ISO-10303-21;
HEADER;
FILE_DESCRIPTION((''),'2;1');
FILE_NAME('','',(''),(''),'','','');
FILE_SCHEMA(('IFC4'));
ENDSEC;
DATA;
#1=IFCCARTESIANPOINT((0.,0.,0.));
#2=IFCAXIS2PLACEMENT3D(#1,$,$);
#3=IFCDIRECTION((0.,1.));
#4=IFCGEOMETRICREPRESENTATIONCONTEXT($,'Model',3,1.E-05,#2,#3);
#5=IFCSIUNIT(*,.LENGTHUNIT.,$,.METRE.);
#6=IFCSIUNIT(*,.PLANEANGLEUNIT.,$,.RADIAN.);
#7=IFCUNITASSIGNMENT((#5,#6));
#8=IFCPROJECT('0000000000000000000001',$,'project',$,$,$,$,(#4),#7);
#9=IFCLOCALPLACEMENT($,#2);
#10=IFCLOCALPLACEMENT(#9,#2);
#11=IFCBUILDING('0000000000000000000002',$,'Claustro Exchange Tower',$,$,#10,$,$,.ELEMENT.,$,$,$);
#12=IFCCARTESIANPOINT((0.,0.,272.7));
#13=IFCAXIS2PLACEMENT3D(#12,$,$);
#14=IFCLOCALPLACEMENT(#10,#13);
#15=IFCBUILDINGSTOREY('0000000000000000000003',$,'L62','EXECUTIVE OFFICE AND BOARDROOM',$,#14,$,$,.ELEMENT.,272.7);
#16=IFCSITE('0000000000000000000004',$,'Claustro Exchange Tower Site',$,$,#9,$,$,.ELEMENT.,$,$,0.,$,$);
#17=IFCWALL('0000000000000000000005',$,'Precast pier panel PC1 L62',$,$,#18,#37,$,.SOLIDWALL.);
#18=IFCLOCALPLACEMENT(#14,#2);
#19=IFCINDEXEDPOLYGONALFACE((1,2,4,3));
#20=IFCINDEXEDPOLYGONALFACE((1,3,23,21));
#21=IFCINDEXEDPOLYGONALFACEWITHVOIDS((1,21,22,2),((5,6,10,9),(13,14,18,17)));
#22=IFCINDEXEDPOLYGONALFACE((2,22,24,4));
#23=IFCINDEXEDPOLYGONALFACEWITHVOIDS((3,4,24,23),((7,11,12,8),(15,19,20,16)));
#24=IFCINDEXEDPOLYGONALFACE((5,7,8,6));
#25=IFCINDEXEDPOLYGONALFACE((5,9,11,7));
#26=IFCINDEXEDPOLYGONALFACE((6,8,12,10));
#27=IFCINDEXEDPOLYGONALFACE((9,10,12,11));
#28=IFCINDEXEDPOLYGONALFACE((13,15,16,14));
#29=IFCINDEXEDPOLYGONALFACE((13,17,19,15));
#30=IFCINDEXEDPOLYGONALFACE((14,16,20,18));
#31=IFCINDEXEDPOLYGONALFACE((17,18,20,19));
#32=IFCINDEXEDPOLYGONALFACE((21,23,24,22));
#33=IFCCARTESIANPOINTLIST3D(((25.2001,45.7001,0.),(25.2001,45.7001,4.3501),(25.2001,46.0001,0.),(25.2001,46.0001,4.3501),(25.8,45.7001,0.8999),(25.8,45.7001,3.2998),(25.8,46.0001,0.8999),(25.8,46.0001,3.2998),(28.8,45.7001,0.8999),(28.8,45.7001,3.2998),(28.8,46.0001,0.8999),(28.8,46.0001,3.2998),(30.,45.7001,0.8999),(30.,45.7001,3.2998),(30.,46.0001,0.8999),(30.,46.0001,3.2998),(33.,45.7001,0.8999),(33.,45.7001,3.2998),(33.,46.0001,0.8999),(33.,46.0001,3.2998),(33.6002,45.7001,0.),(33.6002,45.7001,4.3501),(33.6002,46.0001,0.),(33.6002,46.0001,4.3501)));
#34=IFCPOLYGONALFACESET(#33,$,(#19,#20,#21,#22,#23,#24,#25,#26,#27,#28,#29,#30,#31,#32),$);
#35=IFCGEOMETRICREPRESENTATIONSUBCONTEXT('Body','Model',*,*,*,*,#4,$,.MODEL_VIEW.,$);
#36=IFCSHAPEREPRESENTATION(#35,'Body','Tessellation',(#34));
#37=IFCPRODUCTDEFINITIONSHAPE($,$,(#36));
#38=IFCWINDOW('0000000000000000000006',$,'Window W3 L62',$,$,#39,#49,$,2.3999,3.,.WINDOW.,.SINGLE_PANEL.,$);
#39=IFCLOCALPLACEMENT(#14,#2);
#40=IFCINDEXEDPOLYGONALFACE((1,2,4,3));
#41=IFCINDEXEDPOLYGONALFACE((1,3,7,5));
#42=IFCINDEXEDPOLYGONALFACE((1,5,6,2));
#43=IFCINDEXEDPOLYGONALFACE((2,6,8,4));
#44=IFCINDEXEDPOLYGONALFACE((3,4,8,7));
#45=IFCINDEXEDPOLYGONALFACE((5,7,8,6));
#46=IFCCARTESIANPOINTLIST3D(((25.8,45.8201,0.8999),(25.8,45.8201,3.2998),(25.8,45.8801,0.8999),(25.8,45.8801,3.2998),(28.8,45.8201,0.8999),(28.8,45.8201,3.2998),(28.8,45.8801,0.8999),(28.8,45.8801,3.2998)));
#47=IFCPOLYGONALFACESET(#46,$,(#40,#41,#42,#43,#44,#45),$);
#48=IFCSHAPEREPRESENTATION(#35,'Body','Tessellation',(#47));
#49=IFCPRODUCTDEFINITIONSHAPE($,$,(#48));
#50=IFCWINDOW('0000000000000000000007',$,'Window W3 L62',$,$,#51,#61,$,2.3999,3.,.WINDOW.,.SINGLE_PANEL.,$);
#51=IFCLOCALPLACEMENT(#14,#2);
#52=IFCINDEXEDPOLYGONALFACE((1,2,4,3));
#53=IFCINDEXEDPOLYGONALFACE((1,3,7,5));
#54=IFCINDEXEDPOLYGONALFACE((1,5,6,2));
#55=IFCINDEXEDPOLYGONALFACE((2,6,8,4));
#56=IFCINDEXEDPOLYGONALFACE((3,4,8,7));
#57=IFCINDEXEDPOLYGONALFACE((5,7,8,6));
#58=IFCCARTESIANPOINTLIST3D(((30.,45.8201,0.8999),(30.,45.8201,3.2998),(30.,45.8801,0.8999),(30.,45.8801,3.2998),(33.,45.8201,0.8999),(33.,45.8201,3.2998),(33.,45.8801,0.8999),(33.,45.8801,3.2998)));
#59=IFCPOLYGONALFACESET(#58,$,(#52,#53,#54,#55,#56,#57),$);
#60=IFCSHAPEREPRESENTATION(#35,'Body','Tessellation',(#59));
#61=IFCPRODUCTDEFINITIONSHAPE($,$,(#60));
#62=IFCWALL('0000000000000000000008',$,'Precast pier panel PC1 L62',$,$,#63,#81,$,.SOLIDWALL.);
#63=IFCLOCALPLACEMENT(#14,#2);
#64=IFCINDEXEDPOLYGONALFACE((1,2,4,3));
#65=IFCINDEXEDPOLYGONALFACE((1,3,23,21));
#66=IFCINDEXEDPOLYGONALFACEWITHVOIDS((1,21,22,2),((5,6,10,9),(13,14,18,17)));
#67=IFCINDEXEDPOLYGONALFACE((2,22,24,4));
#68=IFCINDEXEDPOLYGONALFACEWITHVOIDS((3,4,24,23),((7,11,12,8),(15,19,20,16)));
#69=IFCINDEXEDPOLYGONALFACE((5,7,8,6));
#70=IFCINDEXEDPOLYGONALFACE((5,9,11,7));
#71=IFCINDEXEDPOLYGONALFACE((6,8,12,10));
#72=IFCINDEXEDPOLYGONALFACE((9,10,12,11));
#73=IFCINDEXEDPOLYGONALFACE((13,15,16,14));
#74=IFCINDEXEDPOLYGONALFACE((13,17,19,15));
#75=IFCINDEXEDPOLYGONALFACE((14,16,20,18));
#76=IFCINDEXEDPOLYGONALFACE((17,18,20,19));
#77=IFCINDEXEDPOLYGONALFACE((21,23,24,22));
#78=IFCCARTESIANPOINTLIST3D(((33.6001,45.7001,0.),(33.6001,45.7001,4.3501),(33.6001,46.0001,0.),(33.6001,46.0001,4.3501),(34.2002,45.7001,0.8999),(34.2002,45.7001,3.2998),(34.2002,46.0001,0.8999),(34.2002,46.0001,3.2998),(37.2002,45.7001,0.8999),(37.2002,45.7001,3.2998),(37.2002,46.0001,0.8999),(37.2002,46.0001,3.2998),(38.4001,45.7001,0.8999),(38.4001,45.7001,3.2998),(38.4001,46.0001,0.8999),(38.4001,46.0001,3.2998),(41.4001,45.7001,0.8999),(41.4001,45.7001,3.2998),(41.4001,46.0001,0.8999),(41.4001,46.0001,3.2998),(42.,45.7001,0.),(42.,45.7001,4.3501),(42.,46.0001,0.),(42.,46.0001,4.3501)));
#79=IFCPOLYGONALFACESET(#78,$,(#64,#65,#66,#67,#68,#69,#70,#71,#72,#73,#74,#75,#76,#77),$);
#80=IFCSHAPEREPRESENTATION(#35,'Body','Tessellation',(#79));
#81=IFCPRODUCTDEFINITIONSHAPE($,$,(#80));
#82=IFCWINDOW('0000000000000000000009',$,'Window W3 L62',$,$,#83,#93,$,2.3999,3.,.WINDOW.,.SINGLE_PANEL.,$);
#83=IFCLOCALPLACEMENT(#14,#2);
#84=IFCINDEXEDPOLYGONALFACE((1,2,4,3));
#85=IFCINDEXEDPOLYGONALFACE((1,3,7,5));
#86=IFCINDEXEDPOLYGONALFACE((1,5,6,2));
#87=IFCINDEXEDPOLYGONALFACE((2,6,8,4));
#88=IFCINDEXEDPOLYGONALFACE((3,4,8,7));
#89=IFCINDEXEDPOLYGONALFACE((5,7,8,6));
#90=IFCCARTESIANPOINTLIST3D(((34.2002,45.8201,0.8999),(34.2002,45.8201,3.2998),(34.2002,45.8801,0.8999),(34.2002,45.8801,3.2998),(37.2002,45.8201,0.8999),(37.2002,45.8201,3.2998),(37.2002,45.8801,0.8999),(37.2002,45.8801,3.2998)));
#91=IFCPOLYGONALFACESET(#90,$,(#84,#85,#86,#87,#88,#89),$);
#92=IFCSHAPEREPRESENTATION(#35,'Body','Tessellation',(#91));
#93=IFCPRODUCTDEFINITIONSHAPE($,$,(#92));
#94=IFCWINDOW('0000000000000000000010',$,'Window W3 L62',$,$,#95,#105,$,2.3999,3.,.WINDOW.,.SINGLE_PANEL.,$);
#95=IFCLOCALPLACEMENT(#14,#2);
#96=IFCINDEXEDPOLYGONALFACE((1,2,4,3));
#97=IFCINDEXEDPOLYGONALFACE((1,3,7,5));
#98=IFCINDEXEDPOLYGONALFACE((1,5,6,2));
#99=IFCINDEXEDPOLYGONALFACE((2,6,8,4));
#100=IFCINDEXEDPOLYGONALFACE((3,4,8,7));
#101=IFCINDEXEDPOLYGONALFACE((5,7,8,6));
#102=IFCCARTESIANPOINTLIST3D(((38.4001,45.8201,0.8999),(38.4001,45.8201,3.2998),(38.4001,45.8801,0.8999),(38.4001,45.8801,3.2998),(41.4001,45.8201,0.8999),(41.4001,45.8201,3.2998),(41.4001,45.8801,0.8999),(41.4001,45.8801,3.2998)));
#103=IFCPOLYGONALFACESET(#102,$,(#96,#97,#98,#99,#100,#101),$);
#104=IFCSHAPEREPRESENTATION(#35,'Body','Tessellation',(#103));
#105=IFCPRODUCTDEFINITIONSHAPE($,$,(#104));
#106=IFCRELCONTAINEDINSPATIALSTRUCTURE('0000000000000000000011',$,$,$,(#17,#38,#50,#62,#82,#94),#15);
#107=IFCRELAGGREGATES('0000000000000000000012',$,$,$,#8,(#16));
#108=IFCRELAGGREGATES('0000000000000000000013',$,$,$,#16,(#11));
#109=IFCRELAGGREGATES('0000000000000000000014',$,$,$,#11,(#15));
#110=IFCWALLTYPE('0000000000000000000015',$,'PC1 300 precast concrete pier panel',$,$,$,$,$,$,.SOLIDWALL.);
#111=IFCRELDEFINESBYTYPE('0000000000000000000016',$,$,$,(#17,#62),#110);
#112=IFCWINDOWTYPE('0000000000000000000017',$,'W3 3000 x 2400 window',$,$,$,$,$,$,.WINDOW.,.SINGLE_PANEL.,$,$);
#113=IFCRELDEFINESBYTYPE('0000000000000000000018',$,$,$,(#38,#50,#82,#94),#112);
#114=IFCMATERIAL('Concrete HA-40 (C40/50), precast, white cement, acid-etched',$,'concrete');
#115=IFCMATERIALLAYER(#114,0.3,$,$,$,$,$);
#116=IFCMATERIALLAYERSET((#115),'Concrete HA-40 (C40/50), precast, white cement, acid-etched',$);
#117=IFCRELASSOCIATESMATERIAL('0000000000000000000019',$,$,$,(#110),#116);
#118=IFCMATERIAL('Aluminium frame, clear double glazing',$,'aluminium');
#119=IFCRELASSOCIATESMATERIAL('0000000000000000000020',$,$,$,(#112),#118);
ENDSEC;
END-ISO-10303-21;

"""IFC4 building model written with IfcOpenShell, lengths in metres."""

from ifc_helpers import new_model, si_unit, direction, frame, frame_2d, origin, place, context, subcontext, project, spatial, rectangle, extrude, material, layer, layer_set, type_object, element, fill, save


model = new_model("IFC4")

# Units and contexts
model_context = context("Model", 3, precision=1e-05, world=origin(), true_north=direction((0.0, 1.0)))
body_context = subcontext(model_context, "Body", "Model", "MODEL_VIEW")
ifc_project = project(units=[si_unit("LENGTHUNIT", "METRE"), si_unit("PLANEANGLEUNIT", "RADIAN")], contexts=[model_context])

# Site, building, storey
site_placement = place(None, origin())
site = spatial("IfcSite", under=ifc_project, at=site_placement, Name="Claustro Exchange Tower Site", CompositionType="ELEMENT", RefElevation=0.0)
building_placement = place(site_placement, origin())
building = spatial("IfcBuilding", under=site, at=building_placement, Name="Claustro Exchange Tower", CompositionType="ELEMENT")
storey_placement = place(building_placement, frame((0.0, 0.0, 272.7)))
storey = spatial("IfcBuildingStorey", under=building, at=storey_placement, Name="L62", Description="EXECUTIVE OFFICE AND BOARDROOM", CompositionType="ELEMENT", Elevation=272.7)

# Walls, openings, windows
ifc_material_1 = material(Name="Concrete HA-40 (C40/50), precast, white cement, acid-etched", Category="concrete")
ifc_layer_1 = layer(ifc_material_1, 0.3)
ifc_layer_set_1 = layer_set([ifc_layer_1], Name="Concrete HA-40 (C40/50), precast, white cement, acid-etched")
wall_type_1 = type_object("IfcWallType", Name="PC1 300 precast concrete pier panel", PredefinedType="SOLIDWALL", material=ifc_layer_set_1)
ifc_material_2 = material(Name="Aluminium frame, clear double glazing", Category="aluminium")
window_type = type_object("IfcWindowType", Name="W3 3000 x 2400 window", PartitioningType="SINGLE_PANEL", PredefinedType="WINDOW", material=ifc_material_2)
wall_1_placement = place(storey_placement, frame((25.2, 45.8501, 0.0), z_axis=(0.0, 0.0, 1.0), x_axis=(1.0, 0.0, 0.0)))
wall_1 = element("IfcWall", 1, at=wall_1_placement, inside=storey, type_object=wall_type_1, Name="Precast pier panel PC1 L62", PredefinedType="SOLIDWALL", context=body_context, shape_type="SweptSolid", body=[
    extrude(rectangle(XDim=8.4001, YDim=0.3, at=frame_2d((4.2002, 0.0))), origin(), (0.0, 0.0, 1.0), 4.3501),
])
opening_1_placement = place(wall_1_placement, frame((0.6001, 0.0, 0.8999)))
opening_1 = element("IfcOpeningElement", 2, at=opening_1_placement, cuts=wall_1, PredefinedType="OPENING", context=body_context, shape_type="SweptSolid", body=[
    extrude(rectangle(XDim=3.0, YDim=2.3999, at=frame_2d((1.5, 1.2))), frame((0.0, 0.1599, 0.0), z_axis=(0.0, -1.0, 0.0), x_axis=(1.0, 0.0, 0.0)), (0.0, 0.0, 1.0), 0.3201),
])
opening_2_placement = place(wall_1_placement, frame((4.8, 0.0, 0.8999)))
opening_2 = element("IfcOpeningElement", 3, at=opening_2_placement, cuts=wall_1, PredefinedType="OPENING", context=body_context, shape_type="SweptSolid", body=[
    extrude(rectangle(XDim=3.0, YDim=2.3999, at=frame_2d((1.5, 1.2))), frame((0.0, 0.1599, 0.0), z_axis=(0.0, -1.0, 0.0), x_axis=(1.0, 0.0, 0.0)), (0.0, 0.0, 1.0), 0.3201),
])
window_1_placement = place(opening_1_placement, origin())
window_1 = element("IfcWindow", 4, at=window_1_placement, inside=storey, type_object=window_type, Name="Window W3 L62", OverallHeight=2.3999, OverallWidth=3.0, PartitioningType="SINGLE_PANEL", PredefinedType="WINDOW", context=body_context, shape_type="SweptSolid", body=[
    extrude(rectangle(XDim=3.0, YDim=2.3999, at=frame_2d((1.5, 1.2))), frame((0.0, 0.03, 0.0), z_axis=(0.0, -1.0, 0.0), x_axis=(1.0, 0.0, 0.0)), (0.0, 0.0, 1.0), 0.0601),
])
fill(opening_1, window_1)
window_2_placement = place(opening_2_placement, origin())
window_2 = element("IfcWindow", 5, at=window_2_placement, inside=storey, type_object=window_type, Name="Window W3 L62", OverallHeight=2.3999, OverallWidth=3.0, PartitioningType="SINGLE_PANEL", PredefinedType="WINDOW", context=body_context, shape_type="SweptSolid", body=[
    extrude(rectangle(XDim=3.0, YDim=2.3999, at=frame_2d((1.5, 1.2))), frame((0.0, 0.03, 0.0), z_axis=(0.0, -1.0, 0.0), x_axis=(1.0, 0.0, 0.0)), (0.0, 0.0, 1.0), 0.0601),
])
fill(opening_2, window_2)
wall_2_placement = place(storey_placement, frame((33.6001, 45.8501, 0.0), z_axis=(0.0, 0.0, 1.0), x_axis=(1.0, 0.0, 0.0)))
wall_2 = element("IfcWall", 6, at=wall_2_placement, inside=storey, type_object=wall_type_1, Name="Precast pier panel PC1 L62", PredefinedType="SOLIDWALL", context=body_context, shape_type="SweptSolid", body=[
    extrude(rectangle(XDim=8.3999, YDim=0.3, at=frame_2d((4.2, 0.0))), origin(), (0.0, 0.0, 1.0), 4.3501),
])
opening_3_placement = place(wall_2_placement, frame((0.6001, 0.0, 0.8999)))
opening_3 = element("IfcOpeningElement", 7, at=opening_3_placement, cuts=wall_2, PredefinedType="OPENING", context=body_context, shape_type="SweptSolid", body=[
    extrude(rectangle(XDim=3.0, YDim=2.3999, at=frame_2d((1.5, 1.2))), frame((0.0, 0.1599, 0.0), z_axis=(0.0, -1.0, 0.0), x_axis=(1.0, 0.0, 0.0)), (0.0, 0.0, 1.0), 0.3201),
])
opening_4_placement = place(wall_2_placement, frame((4.8, 0.0, 0.8999)))
opening_4 = element("IfcOpeningElement", 8, at=opening_4_placement, cuts=wall_2, PredefinedType="OPENING", context=body_context, shape_type="SweptSolid", body=[
    extrude(rectangle(XDim=3.0, YDim=2.3999, at=frame_2d((1.5, 1.2))), frame((0.0, 0.1599, 0.0), z_axis=(0.0, -1.0, 0.0), x_axis=(1.0, 0.0, 0.0)), (0.0, 0.0, 1.0), 0.3201),
])
window_3_placement = place(opening_3_placement, origin())
window_3 = element("IfcWindow", 9, at=window_3_placement, inside=storey, type_object=window_type, Name="Window W3 L62", OverallHeight=2.3999, OverallWidth=3.0, PartitioningType="SINGLE_PANEL", PredefinedType="WINDOW", context=body_context, shape_type="SweptSolid", body=[
    extrude(rectangle(XDim=3.0, YDim=2.3999, at=frame_2d((1.5, 1.2))), frame((0.0, 0.03, 0.0), z_axis=(0.0, -1.0, 0.0), x_axis=(1.0, 0.0, 0.0)), (0.0, 0.0, 1.0), 0.0601),
])
fill(opening_3, window_3)
window_4_placement = place(opening_4_placement, origin())
window_4 = element("IfcWindow", 10, at=window_4_placement, inside=storey, type_object=window_type, Name="Window W3 L62", OverallHeight=2.3999, OverallWidth=3.0, PartitioningType="SINGLE_PANEL", PredefinedType="WINDOW", context=body_context, shape_type="SweptSolid", body=[
    extrude(rectangle(XDim=3.0, YDim=2.3999, at=frame_2d((1.5, 1.2))), frame((0.0, 0.03, 0.0), z_axis=(0.0, -1.0, 0.0), x_axis=(1.0, 0.0, 0.0)), (0.0, 0.0, 1.0), 0.0601),
])
fill(opening_4, window_4)

save(model, "model.ifc")
